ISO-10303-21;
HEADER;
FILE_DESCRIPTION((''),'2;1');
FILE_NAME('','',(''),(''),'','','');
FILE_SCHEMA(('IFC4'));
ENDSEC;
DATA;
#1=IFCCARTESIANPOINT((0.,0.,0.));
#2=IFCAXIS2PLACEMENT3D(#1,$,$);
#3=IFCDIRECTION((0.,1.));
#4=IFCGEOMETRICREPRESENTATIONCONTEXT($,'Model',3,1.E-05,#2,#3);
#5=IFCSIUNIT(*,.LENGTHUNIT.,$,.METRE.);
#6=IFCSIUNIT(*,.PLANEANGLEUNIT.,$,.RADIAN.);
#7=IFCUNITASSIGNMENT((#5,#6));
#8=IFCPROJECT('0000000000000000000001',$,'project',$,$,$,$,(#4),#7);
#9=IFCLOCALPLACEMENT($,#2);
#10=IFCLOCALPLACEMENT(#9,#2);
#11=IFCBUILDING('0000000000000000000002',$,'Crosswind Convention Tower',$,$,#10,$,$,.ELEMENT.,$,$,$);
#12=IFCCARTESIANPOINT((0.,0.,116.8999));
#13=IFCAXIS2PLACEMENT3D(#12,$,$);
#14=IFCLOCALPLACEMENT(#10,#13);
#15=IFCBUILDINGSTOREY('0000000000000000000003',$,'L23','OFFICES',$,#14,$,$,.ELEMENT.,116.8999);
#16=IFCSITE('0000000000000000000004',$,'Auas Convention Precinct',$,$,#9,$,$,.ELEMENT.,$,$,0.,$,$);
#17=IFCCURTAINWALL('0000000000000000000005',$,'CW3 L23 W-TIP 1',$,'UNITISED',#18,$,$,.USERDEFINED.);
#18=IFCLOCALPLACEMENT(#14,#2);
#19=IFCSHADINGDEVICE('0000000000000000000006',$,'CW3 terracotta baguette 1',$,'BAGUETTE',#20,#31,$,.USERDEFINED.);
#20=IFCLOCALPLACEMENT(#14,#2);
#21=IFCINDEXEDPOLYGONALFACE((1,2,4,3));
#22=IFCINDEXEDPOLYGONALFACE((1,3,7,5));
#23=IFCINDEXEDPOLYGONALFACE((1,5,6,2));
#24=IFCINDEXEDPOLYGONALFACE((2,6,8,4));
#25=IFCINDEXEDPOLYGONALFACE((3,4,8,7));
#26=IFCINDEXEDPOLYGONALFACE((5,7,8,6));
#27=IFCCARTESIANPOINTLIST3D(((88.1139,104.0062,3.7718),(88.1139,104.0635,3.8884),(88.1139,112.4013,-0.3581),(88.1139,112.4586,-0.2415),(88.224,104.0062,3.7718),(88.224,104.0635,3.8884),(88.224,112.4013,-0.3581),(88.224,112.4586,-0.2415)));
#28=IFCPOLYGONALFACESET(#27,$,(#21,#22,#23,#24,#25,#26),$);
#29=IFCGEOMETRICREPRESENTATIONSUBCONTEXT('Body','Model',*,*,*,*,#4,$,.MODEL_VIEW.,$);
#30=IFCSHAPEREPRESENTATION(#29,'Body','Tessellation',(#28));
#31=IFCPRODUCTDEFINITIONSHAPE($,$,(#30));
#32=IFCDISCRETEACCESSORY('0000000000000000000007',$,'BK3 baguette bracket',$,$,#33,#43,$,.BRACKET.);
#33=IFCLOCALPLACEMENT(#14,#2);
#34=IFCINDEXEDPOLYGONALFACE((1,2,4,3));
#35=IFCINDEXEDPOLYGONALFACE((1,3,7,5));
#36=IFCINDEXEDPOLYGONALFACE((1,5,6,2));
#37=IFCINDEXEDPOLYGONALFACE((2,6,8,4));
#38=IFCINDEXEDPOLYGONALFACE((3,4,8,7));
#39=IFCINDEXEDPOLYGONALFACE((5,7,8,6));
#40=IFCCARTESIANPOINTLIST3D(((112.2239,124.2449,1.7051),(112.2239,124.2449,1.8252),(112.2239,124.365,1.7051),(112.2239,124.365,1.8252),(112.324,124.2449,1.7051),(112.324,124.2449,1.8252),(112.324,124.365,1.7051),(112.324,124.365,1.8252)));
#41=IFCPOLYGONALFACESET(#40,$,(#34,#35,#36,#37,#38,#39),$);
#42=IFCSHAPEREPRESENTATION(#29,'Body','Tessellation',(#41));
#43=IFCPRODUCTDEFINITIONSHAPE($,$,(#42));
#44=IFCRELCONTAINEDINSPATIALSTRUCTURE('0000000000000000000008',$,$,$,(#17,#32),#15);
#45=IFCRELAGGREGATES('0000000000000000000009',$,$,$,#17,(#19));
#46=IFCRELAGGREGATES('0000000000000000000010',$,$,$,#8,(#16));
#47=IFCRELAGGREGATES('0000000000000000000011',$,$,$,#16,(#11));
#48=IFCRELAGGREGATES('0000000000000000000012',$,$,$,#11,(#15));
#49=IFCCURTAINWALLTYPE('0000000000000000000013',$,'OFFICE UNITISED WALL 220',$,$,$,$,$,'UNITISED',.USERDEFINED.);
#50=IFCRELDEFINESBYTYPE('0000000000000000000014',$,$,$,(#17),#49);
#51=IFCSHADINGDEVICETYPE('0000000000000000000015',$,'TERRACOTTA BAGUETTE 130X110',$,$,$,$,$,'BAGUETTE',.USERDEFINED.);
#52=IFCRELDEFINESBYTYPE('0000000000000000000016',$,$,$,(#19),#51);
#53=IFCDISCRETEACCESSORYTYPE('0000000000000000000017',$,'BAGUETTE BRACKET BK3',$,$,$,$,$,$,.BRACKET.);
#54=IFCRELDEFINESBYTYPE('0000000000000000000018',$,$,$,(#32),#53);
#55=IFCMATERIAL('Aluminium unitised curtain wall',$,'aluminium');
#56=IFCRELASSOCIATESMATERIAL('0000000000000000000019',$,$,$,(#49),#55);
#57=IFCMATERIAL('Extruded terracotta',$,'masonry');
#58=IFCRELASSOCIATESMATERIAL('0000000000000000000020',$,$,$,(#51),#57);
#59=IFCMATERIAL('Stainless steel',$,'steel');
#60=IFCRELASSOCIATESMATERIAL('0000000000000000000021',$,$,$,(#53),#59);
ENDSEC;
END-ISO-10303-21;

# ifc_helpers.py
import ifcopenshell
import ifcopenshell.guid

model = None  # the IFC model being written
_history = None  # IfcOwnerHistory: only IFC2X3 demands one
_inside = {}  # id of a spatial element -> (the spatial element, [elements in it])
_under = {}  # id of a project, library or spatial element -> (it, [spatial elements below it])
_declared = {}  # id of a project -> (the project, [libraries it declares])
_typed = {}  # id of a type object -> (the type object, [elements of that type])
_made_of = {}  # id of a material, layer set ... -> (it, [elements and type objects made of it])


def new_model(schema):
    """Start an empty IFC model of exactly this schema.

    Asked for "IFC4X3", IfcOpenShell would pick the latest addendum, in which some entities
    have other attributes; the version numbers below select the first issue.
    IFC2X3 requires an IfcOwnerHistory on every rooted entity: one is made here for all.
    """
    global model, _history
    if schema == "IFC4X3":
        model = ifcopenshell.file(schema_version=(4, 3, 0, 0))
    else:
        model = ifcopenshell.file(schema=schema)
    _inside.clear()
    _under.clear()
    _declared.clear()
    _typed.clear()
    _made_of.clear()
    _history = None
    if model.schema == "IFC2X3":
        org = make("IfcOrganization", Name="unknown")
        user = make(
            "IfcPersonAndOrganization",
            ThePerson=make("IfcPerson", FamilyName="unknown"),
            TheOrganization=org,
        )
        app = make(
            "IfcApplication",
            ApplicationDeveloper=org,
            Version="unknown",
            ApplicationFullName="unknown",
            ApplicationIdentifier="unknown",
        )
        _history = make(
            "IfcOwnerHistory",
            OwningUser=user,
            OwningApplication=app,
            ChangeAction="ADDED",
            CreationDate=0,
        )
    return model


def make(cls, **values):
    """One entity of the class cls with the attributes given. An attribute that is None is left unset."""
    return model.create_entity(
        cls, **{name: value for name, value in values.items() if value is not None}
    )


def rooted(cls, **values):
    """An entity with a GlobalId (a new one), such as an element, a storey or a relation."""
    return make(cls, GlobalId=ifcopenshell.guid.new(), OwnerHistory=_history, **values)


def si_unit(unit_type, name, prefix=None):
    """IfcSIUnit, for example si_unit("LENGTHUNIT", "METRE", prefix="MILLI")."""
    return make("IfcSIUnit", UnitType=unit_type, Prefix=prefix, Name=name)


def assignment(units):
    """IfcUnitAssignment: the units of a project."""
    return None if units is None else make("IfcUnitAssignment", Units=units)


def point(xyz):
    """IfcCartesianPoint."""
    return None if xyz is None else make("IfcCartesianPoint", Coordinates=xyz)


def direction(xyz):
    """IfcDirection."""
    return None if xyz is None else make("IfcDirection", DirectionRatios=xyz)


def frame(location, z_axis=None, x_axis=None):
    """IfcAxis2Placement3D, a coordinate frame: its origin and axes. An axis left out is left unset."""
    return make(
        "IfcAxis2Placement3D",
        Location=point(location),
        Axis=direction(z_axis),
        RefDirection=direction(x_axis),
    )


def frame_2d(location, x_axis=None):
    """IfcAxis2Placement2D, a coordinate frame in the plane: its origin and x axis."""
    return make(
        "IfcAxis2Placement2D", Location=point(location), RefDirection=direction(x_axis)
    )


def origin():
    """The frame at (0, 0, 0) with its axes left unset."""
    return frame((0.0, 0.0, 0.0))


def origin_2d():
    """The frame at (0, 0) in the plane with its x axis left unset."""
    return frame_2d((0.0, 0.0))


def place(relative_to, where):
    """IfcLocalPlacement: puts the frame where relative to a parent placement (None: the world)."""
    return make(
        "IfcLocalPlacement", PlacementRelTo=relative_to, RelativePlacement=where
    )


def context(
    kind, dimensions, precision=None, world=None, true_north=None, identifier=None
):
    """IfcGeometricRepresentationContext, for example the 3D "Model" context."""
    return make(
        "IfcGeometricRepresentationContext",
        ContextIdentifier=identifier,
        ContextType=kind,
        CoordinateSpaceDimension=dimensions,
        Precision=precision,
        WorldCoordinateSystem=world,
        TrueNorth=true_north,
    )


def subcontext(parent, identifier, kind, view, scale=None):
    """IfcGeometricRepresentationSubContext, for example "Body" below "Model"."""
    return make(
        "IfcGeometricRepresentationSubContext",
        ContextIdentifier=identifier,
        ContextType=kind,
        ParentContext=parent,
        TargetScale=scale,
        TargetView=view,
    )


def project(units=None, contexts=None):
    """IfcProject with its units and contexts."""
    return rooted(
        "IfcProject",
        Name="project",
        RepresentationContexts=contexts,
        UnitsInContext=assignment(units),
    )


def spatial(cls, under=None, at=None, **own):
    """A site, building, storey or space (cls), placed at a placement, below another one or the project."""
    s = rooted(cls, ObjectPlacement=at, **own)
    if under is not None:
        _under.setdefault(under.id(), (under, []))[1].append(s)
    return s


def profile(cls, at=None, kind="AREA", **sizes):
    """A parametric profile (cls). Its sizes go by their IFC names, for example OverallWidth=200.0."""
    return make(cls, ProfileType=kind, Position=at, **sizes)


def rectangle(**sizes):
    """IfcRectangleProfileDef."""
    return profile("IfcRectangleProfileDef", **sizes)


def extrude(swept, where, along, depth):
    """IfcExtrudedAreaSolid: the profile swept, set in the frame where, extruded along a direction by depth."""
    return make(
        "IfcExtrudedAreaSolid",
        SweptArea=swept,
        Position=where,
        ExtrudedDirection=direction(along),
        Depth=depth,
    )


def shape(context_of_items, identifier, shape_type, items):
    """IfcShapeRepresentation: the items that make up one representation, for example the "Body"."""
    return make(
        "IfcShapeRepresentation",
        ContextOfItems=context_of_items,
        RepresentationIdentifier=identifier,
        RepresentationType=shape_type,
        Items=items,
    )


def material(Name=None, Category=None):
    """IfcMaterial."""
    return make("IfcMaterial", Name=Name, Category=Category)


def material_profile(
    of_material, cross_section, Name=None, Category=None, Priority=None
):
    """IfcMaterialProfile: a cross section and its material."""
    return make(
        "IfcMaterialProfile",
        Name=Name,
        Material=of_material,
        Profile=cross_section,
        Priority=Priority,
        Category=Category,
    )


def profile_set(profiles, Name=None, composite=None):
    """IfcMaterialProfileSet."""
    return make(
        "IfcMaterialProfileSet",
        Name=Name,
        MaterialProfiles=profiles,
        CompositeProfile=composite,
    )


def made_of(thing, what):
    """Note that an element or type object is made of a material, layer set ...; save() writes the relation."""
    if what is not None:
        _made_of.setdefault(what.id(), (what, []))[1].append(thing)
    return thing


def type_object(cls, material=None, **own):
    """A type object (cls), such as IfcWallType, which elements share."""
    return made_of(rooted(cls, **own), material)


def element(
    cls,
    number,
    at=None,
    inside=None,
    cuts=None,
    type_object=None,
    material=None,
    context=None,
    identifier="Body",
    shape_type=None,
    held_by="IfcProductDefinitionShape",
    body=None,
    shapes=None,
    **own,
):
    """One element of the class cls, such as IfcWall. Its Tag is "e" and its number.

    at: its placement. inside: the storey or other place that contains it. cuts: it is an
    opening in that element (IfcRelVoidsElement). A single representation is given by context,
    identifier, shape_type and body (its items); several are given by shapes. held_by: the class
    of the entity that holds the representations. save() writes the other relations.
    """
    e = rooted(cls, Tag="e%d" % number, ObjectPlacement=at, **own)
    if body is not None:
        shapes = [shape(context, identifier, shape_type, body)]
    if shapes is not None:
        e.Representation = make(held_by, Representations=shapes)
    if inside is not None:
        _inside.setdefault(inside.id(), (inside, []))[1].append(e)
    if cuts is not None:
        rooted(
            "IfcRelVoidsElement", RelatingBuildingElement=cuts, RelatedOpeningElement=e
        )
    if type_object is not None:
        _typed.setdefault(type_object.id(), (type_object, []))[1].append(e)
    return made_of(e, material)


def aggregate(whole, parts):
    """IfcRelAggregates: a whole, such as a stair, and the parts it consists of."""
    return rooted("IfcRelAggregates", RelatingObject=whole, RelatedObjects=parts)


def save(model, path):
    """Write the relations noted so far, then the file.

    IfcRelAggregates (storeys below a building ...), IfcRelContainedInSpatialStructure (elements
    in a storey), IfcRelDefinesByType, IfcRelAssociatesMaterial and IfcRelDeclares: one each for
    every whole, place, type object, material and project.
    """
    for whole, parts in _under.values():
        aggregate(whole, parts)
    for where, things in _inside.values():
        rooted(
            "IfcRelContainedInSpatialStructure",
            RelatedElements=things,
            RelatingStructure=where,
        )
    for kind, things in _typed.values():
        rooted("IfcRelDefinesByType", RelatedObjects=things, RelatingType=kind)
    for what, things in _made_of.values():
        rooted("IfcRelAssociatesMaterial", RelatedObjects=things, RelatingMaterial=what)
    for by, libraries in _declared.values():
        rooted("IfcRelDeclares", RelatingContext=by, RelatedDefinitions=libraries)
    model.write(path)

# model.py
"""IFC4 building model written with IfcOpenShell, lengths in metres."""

from ifc_helpers import new_model, si_unit, direction, frame, origin, origin_2d, place, context, subcontext, project, spatial, rectangle, extrude, material, material_profile, profile_set, type_object, element, aggregate, save


model = new_model("IFC4")

# Units and contexts
model_context = context("Model", 3, precision=1e-05, world=origin(), true_north=direction((0.0, 1.0)))
body_context = subcontext(model_context, "Body", "Model", "MODEL_VIEW")
ifc_project = project(units=[si_unit("LENGTHUNIT", "METRE"), si_unit("PLANEANGLEUNIT", "RADIAN")], contexts=[model_context])

# Site, building, storey
site_placement = place(None, origin())
site = spatial("IfcSite", under=ifc_project, at=site_placement, Name="Auas Convention Precinct", CompositionType="ELEMENT", RefElevation=0.0)
building_placement = place(site_placement, origin())
building = spatial("IfcBuilding", under=site, at=building_placement, Name="Crosswind Convention Tower", CompositionType="ELEMENT")
storey_placement = place(building_placement, frame((0.0, 0.0, 116.8999)))
storey = spatial("IfcBuildingStorey", under=building, at=storey_placement, Name="L23", Description="OFFICES", CompositionType="ELEMENT", Elevation=116.8999)

# Shared definitions
ifc_material_1 = material(Name="Aluminium unitised curtain wall", Category="aluminium")

# Curtain wall
curtain_wall_type_1 = type_object("IfcCurtainWallType", Name="OFFICE UNITISED WALL 220", ElementType="UNITISED", PredefinedType="USERDEFINED", material=ifc_material_1)
curtain_wall_1_placement = place(storey_placement, origin())
curtain_wall_1 = element("IfcCurtainWall", 1, at=curtain_wall_1_placement, inside=storey, type_object=curtain_wall_type_1, Name="CW3 L23 W-TIP 1", ObjectType="UNITISED", PredefinedType="USERDEFINED")

# Shading device
ifc_material_2 = material(Name="Extruded terracotta", Category="masonry")
ifc_material_profile_1 = material_profile(ifc_material_2, rectangle(XDim=0.1101, YDim=0.1299, at=origin_2d()), Name="TC 110X130")
ifc_profile_set_1 = profile_set([ifc_material_profile_1], Name="Extruded terracotta")
shading_device_type = type_object("IfcShadingDeviceType", Name="TERRACOTTA BAGUETTE 130X110", ElementType="BAGUETTE", PredefinedType="USERDEFINED", material=ifc_profile_set_1)
shading_device_1_placement = place(storey_placement, frame((88.1689, 112.4299, -0.2998), z_axis=(0.0, -0.8973, 0.441422), x_axis=(1.0, 0.0, 0.0)))
shading_device_1 = element("IfcShadingDevice", 2, at=shading_device_1_placement, type_object=shading_device_type, Name="CW3 terracotta baguette 1", ObjectType="BAGUETTE", PredefinedType="USERDEFINED", context=body_context, shape_type="SweptSolid", body=[
    extrude(rectangle(XDim=0.1101, YDim=0.1299, at=origin_2d()), origin(), (0.0, 0.0, 1.0), 9.356),
])
aggregate(curtain_wall_1, [shading_device_1])

# Discrete accessory
ifc_material_3 = material(Name="Stainless steel", Category="steel")
discrete_accessory_type = type_object("IfcDiscreteAccessoryType", Name="BAGUETTE BRACKET BK3", PredefinedType="BRACKET", material=ifc_material_3)
discrete_accessory_placement = place(storey_placement, frame((112.2739, 124.3049, 1.7051), z_axis=(0.0, 0.0, 1.0), x_axis=(0.0, -1.0, 0.0)))
element("IfcDiscreteAccessory", 3, at=discrete_accessory_placement, inside=storey, type_object=discrete_accessory_type, Name="BK3 baguette bracket", PredefinedType="BRACKET", context=body_context, shape_type="SweptSolid", body=[
    extrude(rectangle(XDim=0.1201, YDim=0.1001, at=origin_2d()), origin(), (0.0, 0.0, 1.0), 0.1201),
])

save(model, "model.ifc")
